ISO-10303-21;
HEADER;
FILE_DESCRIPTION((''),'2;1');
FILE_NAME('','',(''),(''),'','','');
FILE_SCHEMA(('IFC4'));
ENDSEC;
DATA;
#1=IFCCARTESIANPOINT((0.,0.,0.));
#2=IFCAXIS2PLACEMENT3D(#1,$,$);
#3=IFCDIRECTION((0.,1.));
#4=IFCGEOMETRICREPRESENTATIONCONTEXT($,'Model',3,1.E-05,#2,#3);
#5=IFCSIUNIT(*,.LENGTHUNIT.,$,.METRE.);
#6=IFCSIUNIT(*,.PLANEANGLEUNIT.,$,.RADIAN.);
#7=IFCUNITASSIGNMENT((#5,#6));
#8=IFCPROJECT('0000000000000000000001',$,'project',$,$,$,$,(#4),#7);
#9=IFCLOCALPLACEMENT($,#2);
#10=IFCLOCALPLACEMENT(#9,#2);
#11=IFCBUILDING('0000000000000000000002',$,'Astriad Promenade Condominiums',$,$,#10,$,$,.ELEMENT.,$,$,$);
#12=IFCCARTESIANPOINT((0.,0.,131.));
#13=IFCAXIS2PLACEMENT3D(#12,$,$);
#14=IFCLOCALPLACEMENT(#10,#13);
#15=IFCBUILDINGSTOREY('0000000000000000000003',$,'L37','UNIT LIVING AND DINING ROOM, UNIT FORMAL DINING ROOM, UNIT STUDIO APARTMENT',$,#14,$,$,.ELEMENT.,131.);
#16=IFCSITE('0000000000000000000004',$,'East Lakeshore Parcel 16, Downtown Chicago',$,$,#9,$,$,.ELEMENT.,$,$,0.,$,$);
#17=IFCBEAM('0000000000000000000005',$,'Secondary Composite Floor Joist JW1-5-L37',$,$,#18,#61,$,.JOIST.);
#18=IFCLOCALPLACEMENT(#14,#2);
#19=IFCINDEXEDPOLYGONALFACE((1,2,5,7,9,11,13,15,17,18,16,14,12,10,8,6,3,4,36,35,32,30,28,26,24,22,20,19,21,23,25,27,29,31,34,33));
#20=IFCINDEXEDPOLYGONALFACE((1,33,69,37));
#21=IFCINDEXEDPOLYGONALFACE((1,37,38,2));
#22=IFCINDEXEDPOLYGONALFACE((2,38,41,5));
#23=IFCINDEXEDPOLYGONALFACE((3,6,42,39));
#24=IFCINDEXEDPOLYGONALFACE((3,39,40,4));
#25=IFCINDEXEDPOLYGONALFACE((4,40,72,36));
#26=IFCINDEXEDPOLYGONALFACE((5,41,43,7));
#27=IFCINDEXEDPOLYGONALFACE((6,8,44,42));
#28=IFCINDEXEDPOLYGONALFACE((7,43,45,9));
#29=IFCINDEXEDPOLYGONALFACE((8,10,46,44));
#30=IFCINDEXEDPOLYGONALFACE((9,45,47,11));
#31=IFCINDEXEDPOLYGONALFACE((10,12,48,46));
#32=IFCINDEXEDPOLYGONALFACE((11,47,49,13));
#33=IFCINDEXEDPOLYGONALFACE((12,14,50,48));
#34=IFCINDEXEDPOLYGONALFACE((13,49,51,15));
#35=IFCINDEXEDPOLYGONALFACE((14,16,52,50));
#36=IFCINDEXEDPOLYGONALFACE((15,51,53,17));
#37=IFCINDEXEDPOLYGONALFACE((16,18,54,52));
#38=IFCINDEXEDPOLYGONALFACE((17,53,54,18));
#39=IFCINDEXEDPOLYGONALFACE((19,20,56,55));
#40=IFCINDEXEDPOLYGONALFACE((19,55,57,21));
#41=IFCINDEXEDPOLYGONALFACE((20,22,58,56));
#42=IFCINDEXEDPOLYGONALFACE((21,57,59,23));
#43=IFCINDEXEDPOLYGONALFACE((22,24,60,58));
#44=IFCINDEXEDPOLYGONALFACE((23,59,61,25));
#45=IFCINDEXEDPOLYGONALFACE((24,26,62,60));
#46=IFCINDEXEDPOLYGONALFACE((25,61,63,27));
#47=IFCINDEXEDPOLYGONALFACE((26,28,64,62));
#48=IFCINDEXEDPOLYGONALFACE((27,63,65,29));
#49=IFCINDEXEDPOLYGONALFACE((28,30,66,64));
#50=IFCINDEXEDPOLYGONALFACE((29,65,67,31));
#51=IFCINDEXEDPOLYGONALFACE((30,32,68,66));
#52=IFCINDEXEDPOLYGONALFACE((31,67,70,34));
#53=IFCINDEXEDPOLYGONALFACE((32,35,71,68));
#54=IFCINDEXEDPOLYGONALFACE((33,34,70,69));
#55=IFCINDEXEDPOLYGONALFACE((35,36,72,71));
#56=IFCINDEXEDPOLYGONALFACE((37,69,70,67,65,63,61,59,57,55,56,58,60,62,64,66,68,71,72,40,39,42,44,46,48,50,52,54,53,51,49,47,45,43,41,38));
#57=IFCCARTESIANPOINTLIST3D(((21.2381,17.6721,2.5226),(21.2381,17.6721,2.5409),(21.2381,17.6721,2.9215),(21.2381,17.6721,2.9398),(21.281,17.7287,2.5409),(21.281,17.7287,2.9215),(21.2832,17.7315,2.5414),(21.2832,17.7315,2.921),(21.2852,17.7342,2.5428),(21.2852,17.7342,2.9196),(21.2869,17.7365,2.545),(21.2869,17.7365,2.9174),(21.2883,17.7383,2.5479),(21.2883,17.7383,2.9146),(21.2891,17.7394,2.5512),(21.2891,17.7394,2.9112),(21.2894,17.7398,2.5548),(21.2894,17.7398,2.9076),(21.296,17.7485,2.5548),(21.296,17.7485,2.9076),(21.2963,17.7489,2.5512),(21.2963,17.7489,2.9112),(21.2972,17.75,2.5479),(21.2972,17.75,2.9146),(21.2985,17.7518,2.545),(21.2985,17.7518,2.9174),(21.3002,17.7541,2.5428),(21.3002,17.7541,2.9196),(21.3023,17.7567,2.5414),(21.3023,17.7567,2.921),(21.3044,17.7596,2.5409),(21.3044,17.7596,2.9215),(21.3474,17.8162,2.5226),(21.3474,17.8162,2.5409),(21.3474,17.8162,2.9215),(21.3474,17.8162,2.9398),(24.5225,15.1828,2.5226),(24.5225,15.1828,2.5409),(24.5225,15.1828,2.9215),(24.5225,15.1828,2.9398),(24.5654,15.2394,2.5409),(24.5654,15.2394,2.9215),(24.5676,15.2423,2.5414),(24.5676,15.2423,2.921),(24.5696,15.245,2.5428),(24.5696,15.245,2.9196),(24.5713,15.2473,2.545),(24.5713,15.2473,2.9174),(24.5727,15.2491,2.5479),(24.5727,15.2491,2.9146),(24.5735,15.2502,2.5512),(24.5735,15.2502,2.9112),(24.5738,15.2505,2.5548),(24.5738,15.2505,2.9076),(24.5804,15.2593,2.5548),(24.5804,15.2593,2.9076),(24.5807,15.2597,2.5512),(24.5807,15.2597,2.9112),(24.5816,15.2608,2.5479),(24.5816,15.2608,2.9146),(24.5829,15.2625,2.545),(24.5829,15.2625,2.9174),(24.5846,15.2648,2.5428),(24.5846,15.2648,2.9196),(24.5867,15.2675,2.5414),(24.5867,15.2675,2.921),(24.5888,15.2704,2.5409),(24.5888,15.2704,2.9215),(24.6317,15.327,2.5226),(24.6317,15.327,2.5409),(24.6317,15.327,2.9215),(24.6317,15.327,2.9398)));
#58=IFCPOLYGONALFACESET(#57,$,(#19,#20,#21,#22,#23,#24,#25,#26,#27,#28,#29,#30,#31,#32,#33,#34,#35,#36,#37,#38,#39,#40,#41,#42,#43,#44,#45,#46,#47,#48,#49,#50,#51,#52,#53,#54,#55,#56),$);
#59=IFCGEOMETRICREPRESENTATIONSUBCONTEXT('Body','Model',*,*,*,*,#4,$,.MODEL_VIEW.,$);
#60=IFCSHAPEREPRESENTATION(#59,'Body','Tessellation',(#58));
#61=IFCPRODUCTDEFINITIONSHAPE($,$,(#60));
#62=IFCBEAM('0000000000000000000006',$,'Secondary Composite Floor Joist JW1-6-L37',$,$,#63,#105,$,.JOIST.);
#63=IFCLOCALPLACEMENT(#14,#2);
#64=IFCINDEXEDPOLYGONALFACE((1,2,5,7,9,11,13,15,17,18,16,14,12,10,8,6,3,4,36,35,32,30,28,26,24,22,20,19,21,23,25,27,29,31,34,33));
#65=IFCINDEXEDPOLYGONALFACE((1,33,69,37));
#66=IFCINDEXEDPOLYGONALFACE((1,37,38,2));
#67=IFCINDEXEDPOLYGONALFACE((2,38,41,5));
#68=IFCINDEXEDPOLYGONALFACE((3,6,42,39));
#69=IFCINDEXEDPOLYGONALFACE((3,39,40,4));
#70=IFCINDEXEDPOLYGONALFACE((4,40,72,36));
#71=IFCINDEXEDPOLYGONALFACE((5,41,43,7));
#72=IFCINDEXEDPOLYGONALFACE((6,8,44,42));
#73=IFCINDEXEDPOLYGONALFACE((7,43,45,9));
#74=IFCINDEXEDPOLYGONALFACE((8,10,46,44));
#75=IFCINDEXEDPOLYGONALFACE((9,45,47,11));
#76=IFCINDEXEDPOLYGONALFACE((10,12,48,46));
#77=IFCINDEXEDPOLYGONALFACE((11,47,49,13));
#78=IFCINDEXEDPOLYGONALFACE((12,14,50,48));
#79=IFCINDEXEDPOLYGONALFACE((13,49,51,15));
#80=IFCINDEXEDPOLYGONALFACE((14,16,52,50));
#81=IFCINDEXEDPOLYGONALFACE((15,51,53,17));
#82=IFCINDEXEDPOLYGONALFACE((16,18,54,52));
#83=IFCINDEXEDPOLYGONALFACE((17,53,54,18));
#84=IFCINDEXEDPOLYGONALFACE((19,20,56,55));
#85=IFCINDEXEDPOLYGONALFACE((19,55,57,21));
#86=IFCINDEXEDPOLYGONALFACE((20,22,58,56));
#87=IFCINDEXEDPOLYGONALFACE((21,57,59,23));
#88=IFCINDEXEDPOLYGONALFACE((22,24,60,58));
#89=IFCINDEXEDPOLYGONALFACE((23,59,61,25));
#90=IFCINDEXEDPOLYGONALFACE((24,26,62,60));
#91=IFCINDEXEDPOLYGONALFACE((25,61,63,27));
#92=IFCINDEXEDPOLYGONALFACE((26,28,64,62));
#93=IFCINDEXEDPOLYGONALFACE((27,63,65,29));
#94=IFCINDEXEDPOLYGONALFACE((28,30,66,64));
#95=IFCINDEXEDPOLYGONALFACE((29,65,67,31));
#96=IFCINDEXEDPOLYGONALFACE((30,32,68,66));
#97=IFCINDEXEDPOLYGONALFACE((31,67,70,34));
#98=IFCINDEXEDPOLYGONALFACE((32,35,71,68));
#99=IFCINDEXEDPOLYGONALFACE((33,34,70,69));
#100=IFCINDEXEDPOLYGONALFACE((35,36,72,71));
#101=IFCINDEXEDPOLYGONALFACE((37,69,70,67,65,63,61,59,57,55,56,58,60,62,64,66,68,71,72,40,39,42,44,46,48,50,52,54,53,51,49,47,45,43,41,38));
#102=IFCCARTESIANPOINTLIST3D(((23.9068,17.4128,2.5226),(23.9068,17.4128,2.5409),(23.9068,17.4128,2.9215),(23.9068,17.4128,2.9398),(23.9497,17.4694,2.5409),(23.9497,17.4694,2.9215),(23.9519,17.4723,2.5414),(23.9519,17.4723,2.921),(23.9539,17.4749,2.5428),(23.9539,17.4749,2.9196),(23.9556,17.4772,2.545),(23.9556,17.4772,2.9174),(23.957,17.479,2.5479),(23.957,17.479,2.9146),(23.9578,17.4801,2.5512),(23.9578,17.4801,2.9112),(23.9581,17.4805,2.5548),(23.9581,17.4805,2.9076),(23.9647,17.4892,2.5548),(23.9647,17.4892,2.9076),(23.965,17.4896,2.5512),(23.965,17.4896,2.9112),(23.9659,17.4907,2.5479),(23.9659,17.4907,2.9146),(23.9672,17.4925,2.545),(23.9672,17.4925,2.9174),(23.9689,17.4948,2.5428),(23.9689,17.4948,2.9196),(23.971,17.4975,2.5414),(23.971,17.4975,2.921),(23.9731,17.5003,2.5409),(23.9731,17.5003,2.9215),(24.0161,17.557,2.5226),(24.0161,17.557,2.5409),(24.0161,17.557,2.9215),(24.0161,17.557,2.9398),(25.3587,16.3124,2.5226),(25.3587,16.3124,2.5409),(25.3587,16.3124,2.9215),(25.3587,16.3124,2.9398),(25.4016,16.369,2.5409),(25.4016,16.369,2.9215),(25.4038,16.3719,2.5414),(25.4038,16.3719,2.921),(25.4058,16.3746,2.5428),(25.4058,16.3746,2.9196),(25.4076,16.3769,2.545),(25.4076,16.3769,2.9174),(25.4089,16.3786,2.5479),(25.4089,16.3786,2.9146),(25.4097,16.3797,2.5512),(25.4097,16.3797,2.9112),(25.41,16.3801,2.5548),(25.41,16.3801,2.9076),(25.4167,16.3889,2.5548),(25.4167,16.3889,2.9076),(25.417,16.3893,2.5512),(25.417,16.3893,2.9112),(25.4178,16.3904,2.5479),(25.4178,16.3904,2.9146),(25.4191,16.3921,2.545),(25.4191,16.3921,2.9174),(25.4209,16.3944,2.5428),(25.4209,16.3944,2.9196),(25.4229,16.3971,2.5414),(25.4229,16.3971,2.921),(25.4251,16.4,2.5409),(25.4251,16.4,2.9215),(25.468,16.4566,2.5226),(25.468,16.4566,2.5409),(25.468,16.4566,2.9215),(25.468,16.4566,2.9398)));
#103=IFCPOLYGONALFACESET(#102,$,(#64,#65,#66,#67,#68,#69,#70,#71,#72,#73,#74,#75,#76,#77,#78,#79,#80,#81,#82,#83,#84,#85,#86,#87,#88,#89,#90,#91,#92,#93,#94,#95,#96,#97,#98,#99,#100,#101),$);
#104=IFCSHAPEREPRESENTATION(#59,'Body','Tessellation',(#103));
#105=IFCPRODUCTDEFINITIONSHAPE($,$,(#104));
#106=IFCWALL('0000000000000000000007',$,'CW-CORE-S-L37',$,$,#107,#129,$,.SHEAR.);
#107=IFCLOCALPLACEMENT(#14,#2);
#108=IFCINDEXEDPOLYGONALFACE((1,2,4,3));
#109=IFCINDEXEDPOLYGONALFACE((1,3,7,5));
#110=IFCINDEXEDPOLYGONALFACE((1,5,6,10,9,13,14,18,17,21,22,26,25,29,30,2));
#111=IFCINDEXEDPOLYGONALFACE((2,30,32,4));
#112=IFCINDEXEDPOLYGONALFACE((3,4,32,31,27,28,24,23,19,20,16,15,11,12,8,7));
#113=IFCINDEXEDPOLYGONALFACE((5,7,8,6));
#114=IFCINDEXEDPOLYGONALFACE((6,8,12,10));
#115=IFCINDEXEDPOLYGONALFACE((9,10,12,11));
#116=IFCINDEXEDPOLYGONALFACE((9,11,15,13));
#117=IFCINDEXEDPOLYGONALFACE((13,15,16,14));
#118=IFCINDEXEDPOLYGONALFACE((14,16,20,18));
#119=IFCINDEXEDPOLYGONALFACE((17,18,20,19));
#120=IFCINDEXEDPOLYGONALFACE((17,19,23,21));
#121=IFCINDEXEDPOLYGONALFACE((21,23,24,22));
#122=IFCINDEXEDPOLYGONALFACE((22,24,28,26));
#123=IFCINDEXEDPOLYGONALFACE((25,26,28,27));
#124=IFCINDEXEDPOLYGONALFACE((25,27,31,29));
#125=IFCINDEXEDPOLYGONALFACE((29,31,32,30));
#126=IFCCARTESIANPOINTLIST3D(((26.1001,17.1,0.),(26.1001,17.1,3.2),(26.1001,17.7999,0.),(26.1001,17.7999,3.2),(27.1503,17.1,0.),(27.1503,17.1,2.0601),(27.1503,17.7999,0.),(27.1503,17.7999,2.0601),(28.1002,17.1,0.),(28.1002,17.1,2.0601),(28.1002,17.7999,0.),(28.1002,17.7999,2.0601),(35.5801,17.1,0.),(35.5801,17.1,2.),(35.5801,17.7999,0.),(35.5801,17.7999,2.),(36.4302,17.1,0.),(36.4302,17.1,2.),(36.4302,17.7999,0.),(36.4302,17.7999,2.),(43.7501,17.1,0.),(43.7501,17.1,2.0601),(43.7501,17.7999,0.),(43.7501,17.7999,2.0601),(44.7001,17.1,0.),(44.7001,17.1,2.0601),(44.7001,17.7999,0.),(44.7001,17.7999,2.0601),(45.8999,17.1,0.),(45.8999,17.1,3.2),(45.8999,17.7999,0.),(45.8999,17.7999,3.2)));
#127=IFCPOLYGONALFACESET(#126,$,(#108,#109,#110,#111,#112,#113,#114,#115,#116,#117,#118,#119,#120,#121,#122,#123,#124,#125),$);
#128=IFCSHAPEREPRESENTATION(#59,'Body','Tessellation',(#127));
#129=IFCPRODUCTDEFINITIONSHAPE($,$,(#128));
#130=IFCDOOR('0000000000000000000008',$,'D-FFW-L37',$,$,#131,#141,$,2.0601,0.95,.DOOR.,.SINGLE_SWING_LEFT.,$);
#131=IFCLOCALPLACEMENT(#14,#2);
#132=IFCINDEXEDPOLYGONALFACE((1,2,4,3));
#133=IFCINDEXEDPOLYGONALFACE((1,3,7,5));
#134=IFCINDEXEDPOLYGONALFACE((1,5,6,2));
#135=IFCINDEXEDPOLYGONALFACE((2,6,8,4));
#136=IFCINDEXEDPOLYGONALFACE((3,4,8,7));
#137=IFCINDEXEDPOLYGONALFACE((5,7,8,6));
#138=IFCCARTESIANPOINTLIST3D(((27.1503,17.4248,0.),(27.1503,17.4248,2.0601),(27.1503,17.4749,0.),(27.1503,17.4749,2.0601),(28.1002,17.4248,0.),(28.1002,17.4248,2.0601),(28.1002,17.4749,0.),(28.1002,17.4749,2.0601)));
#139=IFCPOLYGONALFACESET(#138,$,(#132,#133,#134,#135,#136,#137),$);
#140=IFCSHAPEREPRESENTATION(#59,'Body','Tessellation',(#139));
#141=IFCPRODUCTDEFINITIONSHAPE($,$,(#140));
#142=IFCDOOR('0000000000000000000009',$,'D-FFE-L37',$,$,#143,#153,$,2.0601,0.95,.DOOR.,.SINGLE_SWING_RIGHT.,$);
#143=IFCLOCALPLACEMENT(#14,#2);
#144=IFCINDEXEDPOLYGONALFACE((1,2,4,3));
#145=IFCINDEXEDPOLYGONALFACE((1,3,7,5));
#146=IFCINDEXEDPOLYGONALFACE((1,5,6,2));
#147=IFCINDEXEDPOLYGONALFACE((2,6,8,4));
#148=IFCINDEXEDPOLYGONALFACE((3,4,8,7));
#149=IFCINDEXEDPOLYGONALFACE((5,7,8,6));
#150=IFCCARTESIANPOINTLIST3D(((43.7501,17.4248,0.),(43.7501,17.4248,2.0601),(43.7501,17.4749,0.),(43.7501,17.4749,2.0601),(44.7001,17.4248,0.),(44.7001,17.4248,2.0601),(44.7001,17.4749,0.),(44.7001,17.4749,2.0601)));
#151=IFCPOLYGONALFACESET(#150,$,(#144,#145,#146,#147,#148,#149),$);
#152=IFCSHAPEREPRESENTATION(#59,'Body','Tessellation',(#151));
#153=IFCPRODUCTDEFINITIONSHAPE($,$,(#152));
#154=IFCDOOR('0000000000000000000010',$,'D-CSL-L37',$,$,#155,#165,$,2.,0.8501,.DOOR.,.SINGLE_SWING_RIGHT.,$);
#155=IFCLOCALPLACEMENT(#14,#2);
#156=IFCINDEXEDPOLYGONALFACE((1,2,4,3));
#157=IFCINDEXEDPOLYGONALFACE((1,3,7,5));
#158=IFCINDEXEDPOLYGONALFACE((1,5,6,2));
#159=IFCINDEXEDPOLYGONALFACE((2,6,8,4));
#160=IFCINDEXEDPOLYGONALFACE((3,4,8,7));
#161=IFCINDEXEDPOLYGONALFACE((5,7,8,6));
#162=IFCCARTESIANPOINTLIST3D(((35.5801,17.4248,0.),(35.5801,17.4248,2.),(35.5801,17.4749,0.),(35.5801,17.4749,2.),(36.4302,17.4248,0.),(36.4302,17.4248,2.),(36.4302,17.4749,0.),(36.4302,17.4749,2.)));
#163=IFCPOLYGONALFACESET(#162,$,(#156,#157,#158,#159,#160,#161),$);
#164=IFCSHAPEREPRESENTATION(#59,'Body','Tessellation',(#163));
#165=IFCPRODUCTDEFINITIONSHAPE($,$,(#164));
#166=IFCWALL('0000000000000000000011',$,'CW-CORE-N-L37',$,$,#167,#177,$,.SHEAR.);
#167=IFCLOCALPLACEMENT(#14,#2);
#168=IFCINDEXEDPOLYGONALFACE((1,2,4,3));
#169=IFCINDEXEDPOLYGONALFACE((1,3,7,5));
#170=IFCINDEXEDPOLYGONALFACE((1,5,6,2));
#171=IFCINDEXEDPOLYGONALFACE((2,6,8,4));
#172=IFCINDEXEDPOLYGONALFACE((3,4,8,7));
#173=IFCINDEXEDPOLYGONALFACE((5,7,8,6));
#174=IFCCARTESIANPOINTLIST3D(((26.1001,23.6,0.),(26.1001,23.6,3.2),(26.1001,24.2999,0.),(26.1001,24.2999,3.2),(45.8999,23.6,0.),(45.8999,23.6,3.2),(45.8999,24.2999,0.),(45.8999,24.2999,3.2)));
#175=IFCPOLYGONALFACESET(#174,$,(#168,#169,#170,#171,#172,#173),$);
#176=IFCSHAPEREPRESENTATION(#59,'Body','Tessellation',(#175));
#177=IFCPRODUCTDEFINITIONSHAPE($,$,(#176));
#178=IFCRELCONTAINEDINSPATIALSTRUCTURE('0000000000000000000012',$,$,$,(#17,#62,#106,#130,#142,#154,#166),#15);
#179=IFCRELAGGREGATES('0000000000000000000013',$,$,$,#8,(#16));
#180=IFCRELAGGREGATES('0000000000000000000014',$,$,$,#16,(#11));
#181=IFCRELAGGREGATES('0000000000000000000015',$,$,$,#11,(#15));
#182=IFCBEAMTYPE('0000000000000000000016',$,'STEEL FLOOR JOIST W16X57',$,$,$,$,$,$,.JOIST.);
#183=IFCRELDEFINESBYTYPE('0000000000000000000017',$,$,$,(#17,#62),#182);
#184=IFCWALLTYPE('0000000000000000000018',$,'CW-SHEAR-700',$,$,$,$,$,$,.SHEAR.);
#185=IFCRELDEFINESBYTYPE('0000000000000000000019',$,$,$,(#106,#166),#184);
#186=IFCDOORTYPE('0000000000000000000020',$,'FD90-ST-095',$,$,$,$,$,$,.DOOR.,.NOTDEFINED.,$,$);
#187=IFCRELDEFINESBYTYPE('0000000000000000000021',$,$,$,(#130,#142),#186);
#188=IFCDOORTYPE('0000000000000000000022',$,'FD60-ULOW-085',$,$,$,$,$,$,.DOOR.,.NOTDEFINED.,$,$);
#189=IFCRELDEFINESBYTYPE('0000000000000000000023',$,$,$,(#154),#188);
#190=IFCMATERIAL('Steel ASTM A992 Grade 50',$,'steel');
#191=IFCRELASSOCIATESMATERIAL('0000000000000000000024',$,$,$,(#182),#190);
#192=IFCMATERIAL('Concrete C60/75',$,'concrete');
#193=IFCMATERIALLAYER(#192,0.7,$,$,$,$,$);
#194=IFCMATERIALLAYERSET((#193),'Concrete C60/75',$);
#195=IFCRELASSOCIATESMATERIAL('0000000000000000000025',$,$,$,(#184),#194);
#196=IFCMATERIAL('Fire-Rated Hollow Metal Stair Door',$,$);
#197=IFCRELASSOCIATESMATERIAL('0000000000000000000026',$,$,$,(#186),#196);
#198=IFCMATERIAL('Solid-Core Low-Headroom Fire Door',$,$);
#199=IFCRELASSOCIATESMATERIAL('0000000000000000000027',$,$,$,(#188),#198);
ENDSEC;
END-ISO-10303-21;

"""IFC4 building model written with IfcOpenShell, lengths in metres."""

from ifc_helpers import new_model, si_unit, direction, frame, frame_2d, origin, origin_2d, place, context, subcontext, project, spatial, rectangle, i_section, extrude, source, transform, mapped, material, layer, layer_set, material_profile, profile_set, type_object, type_shapes, element, fill, save


model = new_model("IFC4")

# Units and contexts
model_context = context("Model", 3, precision=1e-05, world=origin(), true_north=direction((0.0, 1.0)))
body_context = subcontext(model_context, "Body", "Model", "MODEL_VIEW")
ifc_project = project(units=[si_unit("LENGTHUNIT", "METRE"), si_unit("PLANEANGLEUNIT", "RADIAN")], contexts=[model_context])

# Site, building, storey
site_placement = place(None, origin())
site = spatial("IfcSite", under=ifc_project, at=site_placement, Name="East Lakeshore Parcel 16, Downtown Chicago", CompositionType="ELEMENT", RefElevation=0.0)
building_placement = place(site_placement, origin())
building = spatial("IfcBuilding", under=site, at=building_placement, Name="Astriad Promenade Condominiums", CompositionType="ELEMENT")
storey_placement = place(building_placement, frame((0.0, 0.0, 131.0)))
storey = spatial("IfcBuildingStorey", under=building, at=storey_placement, Name="L37", Description="UNIT LIVING AND DINING ROOM, UNIT FORMAL DINING ROOM, UNIT STUDIO APARTMENT", CompositionType="ELEMENT", Elevation=131.0)

# Shared definitions
ifc_material_1 = material(Name="Steel ASTM A992 Grade 50", Category="steel")
ifc_material_2 = material(Name="Concrete C60/75", Category="concrete")

# Beams
ifc_material_profile_1 = material_profile(ifc_material_1, i_section(OverallWidth=0.1809, OverallDepth=0.4172, WebThickness=0.011, FlangeThickness=0.0183, FilletRadius=0.0139, at=origin_2d()), Name="W16X57")
ifc_profile_set_1 = profile_set([ifc_material_profile_1], Name="Steel ASTM A992 Grade 50")
beam_type_1 = type_object("IfcBeamType", Name="STEEL FLOOR JOIST W16X57", PredefinedType="JOIST", material=ifc_profile_set_1)
shared_shape_1 = source(origin(), body_context, "Body", "SweptSolid", [
    extrude(i_section(OverallWidth=0.1809, OverallDepth=0.4172, WebThickness=0.011, FlangeThickness=0.0183, FilletRadius=0.0139, at=origin_2d()), origin(), (0.0, 0.0, 1.0), 4.1211),
])
beam_1_placement = place(storey_placement, frame((21.2927, 17.7441, 2.7312), z_axis=(0.796969, -0.604021, 0.0), x_axis=(0.604021, 0.796969, 0.0)))
element("IfcBeam", 1, at=beam_1_placement, inside=storey, type_object=beam_type_1, Name="Secondary Composite Floor Joist JW1-5-L37", PredefinedType="JOIST", context=body_context, shape_type="MappedRepresentation", body=[
    mapped(shared_shape_1, transform((0.0, 0.0, 0.0), scale=1.0)),
])
shared_shape_2 = source(origin(), body_context, "Body", "SweptSolid", [
    extrude(i_section(OverallWidth=0.1809, OverallDepth=0.4172, WebThickness=0.011, FlangeThickness=0.0183, FilletRadius=0.0139, at=origin_2d()), origin(), (0.0, 0.0, 1.0), 1.8218),
])
type_shapes(beam_type_1, [shared_shape_1, shared_shape_2])
beam_2_placement = place(storey_placement, frame((23.9614, 17.4849, 2.7312), z_axis=(0.796983, -0.604002, 0.0), x_axis=(0.604002, 0.796983, 0.0)))
element("IfcBeam", 2, at=beam_2_placement, inside=storey, type_object=beam_type_1, Name="Secondary Composite Floor Joist JW1-6-L37", PredefinedType="JOIST", context=body_context, shape_type="MappedRepresentation", body=[
    mapped(shared_shape_2, transform((0.0, 0.0, 0.0), scale=1.0)),
])

# Wall, openings, doors
ifc_layer_1 = layer(ifc_material_2, 0.7)
ifc_layer_set_1 = layer_set([ifc_layer_1], Name="Concrete C60/75")
wall_type_1 = type_object("IfcWallType", Name="CW-SHEAR-700", PredefinedType="SHEAR", material=ifc_layer_set_1)
wall_1_placement = place(storey_placement, frame((26.1001, 17.45, 0.0), z_axis=(0.0, 0.0, 1.0), x_axis=(1.0, 0.0, 0.0)))
wall_1 = element("IfcWall", 3, at=wall_1_placement, inside=storey, type_object=wall_type_1, Name="CW-CORE-S-L37", PredefinedType="SHEAR", context=body_context, shape_type="SweptSolid", body=[
    extrude(rectangle(XDim=19.7998, YDim=0.7, at=frame_2d((9.8999, 0.0))), origin(), (0.0, 0.0, 1.0), 3.2),
])
opening_1_placement = place(wall_1_placement, frame((1.05, 0.0, 0.0)))
opening_1 = element("IfcOpeningElement", 4, at=opening_1_placement, cuts=wall_1, PredefinedType="OPENING", context=body_context, shape_type="SweptSolid", body=[
    extrude(rectangle(XDim=0.95, YDim=2.0601, at=frame_2d((0.4751, 1.03))), frame((0.0, 0.3599, 0.0), z_axis=(0.0, -1.0, 0.0), x_axis=(1.0, 0.0, 0.0)), (0.0, 0.0, 1.0), 0.72),
])
opening_2_placement = place(wall_1_placement, frame((9.48, 0.0, 0.0)))
opening_2 = element("IfcOpeningElement", 5, at=opening_2_placement, cuts=wall_1, PredefinedType="OPENING", context=body_context, shape_type="SweptSolid", body=[
    extrude(rectangle(XDim=0.8501, YDim=2.0, at=frame_2d((0.425, 1.0))), frame((0.0, 0.3599, 0.0), z_axis=(0.0, -1.0, 0.0), x_axis=(1.0, 0.0, 0.0)), (0.0, 0.0, 1.0), 0.72),
])
opening_3_placement = place(wall_1_placement, frame((17.6499, 0.0, 0.0)))
opening_3 = element("IfcOpeningElement", 6, at=opening_3_placement, cuts=wall_1, PredefinedType="OPENING", context=body_context, shape_type="SweptSolid", body=[
    extrude(rectangle(XDim=0.95, YDim=2.0601, at=frame_2d((0.4751, 1.03))), frame((0.0, 0.3599, 0.0), z_axis=(0.0, -1.0, 0.0), x_axis=(1.0, 0.0, 0.0)), (0.0, 0.0, 1.0), 0.72),
])
ifc_material_3 = material(Name="Fire-Rated Hollow Metal Stair Door")
door_type_1 = type_object("IfcDoorType", Name="FD90-ST-095", OperationType="NOTDEFINED", PredefinedType="DOOR", material=ifc_material_3)
shared_shape_3 = source(origin(), body_context, "Body", "SweptSolid", [
    extrude(rectangle(XDim=0.95, YDim=2.0601, at=frame_2d((0.4751, 1.03))), frame((0.0, 0.0249, 0.0), z_axis=(0.0, -1.0, 0.0), x_axis=(1.0, 0.0, 0.0)), (0.0, 0.0, 1.0), 0.05),
])
type_shapes(door_type_1, [shared_shape_3])
door_1_placement = place(opening_1_placement, origin())
door_1 = element("IfcDoor", 7, at=door_1_placement, inside=storey, type_object=door_type_1, Name="D-FFW-L37", OperationType="SINGLE_SWING_LEFT", OverallHeight=2.0601, OverallWidth=0.95, PredefinedType="DOOR", context=body_context, shape_type="MappedRepresentation", body=[
    mapped(shared_shape_3, transform((0.0, 0.0, 0.0), scale=1.0)),
])
fill(opening_1, door_1)
door_2_placement = place(opening_3_placement, origin())
door_2 = element("IfcDoor", 8, at=door_2_placement, inside=storey, type_object=door_type_1, Name="D-FFE-L37", OperationType="SINGLE_SWING_RIGHT", OverallHeight=2.0601, OverallWidth=0.95, PredefinedType="DOOR", context=body_context, shape_type="MappedRepresentation", body=[
    mapped(shared_shape_3, transform((0.0, 0.0, 0.0), scale=1.0)),
])
fill(opening_3, door_2)
ifc_material_4 = material(Name="Solid-Core Low-Headroom Fire Door")
door_type_2 = type_object("IfcDoorType", Name="FD60-ULOW-085", OperationType="NOTDEFINED", PredefinedType="DOOR", material=ifc_material_4)
shared_shape_4 = source(origin(), body_context, "Body", "SweptSolid", [
    extrude(rectangle(XDim=0.8501, YDim=2.0, at=frame_2d((0.425, 1.0))), frame((0.0, 0.0249, 0.0), z_axis=(0.0, -1.0, 0.0), x_axis=(1.0, 0.0, 0.0)), (0.0, 0.0, 1.0), 0.05),
])
type_shapes(door_type_2, [shared_shape_4])
door_3_placement = place(opening_2_placement, origin())
door_3 = element("IfcDoor", 9, at=door_3_placement, inside=storey, type_object=door_type_2, Name="D-CSL-L37", OperationType="SINGLE_SWING_RIGHT", OverallHeight=2.0, OverallWidth=0.8501, PredefinedType="DOOR", context=body_context, shape_type="MappedRepresentation", body=[
    mapped(shared_shape_4, transform((0.0, 0.0, 0.0), scale=1.0)),
])
fill(opening_2, door_3)

# Wall
wall_2_placement = place(storey_placement, frame((26.1001, 23.95, 0.0), z_axis=(0.0, 0.0, 1.0), x_axis=(1.0, 0.0, 0.0)))
element("IfcWall", 10, at=wall_2_placement, inside=storey, type_object=wall_type_1, Name="CW-CORE-N-L37", PredefinedType="SHEAR", context=body_context, shape_type="SweptSolid", body=[
    extrude(rectangle(XDim=19.7998, YDim=0.7, at=frame_2d((9.8999, 0.0))), origin(), (0.0, 0.0, 1.0), 3.2),
])

save(model, "model.ifc")
